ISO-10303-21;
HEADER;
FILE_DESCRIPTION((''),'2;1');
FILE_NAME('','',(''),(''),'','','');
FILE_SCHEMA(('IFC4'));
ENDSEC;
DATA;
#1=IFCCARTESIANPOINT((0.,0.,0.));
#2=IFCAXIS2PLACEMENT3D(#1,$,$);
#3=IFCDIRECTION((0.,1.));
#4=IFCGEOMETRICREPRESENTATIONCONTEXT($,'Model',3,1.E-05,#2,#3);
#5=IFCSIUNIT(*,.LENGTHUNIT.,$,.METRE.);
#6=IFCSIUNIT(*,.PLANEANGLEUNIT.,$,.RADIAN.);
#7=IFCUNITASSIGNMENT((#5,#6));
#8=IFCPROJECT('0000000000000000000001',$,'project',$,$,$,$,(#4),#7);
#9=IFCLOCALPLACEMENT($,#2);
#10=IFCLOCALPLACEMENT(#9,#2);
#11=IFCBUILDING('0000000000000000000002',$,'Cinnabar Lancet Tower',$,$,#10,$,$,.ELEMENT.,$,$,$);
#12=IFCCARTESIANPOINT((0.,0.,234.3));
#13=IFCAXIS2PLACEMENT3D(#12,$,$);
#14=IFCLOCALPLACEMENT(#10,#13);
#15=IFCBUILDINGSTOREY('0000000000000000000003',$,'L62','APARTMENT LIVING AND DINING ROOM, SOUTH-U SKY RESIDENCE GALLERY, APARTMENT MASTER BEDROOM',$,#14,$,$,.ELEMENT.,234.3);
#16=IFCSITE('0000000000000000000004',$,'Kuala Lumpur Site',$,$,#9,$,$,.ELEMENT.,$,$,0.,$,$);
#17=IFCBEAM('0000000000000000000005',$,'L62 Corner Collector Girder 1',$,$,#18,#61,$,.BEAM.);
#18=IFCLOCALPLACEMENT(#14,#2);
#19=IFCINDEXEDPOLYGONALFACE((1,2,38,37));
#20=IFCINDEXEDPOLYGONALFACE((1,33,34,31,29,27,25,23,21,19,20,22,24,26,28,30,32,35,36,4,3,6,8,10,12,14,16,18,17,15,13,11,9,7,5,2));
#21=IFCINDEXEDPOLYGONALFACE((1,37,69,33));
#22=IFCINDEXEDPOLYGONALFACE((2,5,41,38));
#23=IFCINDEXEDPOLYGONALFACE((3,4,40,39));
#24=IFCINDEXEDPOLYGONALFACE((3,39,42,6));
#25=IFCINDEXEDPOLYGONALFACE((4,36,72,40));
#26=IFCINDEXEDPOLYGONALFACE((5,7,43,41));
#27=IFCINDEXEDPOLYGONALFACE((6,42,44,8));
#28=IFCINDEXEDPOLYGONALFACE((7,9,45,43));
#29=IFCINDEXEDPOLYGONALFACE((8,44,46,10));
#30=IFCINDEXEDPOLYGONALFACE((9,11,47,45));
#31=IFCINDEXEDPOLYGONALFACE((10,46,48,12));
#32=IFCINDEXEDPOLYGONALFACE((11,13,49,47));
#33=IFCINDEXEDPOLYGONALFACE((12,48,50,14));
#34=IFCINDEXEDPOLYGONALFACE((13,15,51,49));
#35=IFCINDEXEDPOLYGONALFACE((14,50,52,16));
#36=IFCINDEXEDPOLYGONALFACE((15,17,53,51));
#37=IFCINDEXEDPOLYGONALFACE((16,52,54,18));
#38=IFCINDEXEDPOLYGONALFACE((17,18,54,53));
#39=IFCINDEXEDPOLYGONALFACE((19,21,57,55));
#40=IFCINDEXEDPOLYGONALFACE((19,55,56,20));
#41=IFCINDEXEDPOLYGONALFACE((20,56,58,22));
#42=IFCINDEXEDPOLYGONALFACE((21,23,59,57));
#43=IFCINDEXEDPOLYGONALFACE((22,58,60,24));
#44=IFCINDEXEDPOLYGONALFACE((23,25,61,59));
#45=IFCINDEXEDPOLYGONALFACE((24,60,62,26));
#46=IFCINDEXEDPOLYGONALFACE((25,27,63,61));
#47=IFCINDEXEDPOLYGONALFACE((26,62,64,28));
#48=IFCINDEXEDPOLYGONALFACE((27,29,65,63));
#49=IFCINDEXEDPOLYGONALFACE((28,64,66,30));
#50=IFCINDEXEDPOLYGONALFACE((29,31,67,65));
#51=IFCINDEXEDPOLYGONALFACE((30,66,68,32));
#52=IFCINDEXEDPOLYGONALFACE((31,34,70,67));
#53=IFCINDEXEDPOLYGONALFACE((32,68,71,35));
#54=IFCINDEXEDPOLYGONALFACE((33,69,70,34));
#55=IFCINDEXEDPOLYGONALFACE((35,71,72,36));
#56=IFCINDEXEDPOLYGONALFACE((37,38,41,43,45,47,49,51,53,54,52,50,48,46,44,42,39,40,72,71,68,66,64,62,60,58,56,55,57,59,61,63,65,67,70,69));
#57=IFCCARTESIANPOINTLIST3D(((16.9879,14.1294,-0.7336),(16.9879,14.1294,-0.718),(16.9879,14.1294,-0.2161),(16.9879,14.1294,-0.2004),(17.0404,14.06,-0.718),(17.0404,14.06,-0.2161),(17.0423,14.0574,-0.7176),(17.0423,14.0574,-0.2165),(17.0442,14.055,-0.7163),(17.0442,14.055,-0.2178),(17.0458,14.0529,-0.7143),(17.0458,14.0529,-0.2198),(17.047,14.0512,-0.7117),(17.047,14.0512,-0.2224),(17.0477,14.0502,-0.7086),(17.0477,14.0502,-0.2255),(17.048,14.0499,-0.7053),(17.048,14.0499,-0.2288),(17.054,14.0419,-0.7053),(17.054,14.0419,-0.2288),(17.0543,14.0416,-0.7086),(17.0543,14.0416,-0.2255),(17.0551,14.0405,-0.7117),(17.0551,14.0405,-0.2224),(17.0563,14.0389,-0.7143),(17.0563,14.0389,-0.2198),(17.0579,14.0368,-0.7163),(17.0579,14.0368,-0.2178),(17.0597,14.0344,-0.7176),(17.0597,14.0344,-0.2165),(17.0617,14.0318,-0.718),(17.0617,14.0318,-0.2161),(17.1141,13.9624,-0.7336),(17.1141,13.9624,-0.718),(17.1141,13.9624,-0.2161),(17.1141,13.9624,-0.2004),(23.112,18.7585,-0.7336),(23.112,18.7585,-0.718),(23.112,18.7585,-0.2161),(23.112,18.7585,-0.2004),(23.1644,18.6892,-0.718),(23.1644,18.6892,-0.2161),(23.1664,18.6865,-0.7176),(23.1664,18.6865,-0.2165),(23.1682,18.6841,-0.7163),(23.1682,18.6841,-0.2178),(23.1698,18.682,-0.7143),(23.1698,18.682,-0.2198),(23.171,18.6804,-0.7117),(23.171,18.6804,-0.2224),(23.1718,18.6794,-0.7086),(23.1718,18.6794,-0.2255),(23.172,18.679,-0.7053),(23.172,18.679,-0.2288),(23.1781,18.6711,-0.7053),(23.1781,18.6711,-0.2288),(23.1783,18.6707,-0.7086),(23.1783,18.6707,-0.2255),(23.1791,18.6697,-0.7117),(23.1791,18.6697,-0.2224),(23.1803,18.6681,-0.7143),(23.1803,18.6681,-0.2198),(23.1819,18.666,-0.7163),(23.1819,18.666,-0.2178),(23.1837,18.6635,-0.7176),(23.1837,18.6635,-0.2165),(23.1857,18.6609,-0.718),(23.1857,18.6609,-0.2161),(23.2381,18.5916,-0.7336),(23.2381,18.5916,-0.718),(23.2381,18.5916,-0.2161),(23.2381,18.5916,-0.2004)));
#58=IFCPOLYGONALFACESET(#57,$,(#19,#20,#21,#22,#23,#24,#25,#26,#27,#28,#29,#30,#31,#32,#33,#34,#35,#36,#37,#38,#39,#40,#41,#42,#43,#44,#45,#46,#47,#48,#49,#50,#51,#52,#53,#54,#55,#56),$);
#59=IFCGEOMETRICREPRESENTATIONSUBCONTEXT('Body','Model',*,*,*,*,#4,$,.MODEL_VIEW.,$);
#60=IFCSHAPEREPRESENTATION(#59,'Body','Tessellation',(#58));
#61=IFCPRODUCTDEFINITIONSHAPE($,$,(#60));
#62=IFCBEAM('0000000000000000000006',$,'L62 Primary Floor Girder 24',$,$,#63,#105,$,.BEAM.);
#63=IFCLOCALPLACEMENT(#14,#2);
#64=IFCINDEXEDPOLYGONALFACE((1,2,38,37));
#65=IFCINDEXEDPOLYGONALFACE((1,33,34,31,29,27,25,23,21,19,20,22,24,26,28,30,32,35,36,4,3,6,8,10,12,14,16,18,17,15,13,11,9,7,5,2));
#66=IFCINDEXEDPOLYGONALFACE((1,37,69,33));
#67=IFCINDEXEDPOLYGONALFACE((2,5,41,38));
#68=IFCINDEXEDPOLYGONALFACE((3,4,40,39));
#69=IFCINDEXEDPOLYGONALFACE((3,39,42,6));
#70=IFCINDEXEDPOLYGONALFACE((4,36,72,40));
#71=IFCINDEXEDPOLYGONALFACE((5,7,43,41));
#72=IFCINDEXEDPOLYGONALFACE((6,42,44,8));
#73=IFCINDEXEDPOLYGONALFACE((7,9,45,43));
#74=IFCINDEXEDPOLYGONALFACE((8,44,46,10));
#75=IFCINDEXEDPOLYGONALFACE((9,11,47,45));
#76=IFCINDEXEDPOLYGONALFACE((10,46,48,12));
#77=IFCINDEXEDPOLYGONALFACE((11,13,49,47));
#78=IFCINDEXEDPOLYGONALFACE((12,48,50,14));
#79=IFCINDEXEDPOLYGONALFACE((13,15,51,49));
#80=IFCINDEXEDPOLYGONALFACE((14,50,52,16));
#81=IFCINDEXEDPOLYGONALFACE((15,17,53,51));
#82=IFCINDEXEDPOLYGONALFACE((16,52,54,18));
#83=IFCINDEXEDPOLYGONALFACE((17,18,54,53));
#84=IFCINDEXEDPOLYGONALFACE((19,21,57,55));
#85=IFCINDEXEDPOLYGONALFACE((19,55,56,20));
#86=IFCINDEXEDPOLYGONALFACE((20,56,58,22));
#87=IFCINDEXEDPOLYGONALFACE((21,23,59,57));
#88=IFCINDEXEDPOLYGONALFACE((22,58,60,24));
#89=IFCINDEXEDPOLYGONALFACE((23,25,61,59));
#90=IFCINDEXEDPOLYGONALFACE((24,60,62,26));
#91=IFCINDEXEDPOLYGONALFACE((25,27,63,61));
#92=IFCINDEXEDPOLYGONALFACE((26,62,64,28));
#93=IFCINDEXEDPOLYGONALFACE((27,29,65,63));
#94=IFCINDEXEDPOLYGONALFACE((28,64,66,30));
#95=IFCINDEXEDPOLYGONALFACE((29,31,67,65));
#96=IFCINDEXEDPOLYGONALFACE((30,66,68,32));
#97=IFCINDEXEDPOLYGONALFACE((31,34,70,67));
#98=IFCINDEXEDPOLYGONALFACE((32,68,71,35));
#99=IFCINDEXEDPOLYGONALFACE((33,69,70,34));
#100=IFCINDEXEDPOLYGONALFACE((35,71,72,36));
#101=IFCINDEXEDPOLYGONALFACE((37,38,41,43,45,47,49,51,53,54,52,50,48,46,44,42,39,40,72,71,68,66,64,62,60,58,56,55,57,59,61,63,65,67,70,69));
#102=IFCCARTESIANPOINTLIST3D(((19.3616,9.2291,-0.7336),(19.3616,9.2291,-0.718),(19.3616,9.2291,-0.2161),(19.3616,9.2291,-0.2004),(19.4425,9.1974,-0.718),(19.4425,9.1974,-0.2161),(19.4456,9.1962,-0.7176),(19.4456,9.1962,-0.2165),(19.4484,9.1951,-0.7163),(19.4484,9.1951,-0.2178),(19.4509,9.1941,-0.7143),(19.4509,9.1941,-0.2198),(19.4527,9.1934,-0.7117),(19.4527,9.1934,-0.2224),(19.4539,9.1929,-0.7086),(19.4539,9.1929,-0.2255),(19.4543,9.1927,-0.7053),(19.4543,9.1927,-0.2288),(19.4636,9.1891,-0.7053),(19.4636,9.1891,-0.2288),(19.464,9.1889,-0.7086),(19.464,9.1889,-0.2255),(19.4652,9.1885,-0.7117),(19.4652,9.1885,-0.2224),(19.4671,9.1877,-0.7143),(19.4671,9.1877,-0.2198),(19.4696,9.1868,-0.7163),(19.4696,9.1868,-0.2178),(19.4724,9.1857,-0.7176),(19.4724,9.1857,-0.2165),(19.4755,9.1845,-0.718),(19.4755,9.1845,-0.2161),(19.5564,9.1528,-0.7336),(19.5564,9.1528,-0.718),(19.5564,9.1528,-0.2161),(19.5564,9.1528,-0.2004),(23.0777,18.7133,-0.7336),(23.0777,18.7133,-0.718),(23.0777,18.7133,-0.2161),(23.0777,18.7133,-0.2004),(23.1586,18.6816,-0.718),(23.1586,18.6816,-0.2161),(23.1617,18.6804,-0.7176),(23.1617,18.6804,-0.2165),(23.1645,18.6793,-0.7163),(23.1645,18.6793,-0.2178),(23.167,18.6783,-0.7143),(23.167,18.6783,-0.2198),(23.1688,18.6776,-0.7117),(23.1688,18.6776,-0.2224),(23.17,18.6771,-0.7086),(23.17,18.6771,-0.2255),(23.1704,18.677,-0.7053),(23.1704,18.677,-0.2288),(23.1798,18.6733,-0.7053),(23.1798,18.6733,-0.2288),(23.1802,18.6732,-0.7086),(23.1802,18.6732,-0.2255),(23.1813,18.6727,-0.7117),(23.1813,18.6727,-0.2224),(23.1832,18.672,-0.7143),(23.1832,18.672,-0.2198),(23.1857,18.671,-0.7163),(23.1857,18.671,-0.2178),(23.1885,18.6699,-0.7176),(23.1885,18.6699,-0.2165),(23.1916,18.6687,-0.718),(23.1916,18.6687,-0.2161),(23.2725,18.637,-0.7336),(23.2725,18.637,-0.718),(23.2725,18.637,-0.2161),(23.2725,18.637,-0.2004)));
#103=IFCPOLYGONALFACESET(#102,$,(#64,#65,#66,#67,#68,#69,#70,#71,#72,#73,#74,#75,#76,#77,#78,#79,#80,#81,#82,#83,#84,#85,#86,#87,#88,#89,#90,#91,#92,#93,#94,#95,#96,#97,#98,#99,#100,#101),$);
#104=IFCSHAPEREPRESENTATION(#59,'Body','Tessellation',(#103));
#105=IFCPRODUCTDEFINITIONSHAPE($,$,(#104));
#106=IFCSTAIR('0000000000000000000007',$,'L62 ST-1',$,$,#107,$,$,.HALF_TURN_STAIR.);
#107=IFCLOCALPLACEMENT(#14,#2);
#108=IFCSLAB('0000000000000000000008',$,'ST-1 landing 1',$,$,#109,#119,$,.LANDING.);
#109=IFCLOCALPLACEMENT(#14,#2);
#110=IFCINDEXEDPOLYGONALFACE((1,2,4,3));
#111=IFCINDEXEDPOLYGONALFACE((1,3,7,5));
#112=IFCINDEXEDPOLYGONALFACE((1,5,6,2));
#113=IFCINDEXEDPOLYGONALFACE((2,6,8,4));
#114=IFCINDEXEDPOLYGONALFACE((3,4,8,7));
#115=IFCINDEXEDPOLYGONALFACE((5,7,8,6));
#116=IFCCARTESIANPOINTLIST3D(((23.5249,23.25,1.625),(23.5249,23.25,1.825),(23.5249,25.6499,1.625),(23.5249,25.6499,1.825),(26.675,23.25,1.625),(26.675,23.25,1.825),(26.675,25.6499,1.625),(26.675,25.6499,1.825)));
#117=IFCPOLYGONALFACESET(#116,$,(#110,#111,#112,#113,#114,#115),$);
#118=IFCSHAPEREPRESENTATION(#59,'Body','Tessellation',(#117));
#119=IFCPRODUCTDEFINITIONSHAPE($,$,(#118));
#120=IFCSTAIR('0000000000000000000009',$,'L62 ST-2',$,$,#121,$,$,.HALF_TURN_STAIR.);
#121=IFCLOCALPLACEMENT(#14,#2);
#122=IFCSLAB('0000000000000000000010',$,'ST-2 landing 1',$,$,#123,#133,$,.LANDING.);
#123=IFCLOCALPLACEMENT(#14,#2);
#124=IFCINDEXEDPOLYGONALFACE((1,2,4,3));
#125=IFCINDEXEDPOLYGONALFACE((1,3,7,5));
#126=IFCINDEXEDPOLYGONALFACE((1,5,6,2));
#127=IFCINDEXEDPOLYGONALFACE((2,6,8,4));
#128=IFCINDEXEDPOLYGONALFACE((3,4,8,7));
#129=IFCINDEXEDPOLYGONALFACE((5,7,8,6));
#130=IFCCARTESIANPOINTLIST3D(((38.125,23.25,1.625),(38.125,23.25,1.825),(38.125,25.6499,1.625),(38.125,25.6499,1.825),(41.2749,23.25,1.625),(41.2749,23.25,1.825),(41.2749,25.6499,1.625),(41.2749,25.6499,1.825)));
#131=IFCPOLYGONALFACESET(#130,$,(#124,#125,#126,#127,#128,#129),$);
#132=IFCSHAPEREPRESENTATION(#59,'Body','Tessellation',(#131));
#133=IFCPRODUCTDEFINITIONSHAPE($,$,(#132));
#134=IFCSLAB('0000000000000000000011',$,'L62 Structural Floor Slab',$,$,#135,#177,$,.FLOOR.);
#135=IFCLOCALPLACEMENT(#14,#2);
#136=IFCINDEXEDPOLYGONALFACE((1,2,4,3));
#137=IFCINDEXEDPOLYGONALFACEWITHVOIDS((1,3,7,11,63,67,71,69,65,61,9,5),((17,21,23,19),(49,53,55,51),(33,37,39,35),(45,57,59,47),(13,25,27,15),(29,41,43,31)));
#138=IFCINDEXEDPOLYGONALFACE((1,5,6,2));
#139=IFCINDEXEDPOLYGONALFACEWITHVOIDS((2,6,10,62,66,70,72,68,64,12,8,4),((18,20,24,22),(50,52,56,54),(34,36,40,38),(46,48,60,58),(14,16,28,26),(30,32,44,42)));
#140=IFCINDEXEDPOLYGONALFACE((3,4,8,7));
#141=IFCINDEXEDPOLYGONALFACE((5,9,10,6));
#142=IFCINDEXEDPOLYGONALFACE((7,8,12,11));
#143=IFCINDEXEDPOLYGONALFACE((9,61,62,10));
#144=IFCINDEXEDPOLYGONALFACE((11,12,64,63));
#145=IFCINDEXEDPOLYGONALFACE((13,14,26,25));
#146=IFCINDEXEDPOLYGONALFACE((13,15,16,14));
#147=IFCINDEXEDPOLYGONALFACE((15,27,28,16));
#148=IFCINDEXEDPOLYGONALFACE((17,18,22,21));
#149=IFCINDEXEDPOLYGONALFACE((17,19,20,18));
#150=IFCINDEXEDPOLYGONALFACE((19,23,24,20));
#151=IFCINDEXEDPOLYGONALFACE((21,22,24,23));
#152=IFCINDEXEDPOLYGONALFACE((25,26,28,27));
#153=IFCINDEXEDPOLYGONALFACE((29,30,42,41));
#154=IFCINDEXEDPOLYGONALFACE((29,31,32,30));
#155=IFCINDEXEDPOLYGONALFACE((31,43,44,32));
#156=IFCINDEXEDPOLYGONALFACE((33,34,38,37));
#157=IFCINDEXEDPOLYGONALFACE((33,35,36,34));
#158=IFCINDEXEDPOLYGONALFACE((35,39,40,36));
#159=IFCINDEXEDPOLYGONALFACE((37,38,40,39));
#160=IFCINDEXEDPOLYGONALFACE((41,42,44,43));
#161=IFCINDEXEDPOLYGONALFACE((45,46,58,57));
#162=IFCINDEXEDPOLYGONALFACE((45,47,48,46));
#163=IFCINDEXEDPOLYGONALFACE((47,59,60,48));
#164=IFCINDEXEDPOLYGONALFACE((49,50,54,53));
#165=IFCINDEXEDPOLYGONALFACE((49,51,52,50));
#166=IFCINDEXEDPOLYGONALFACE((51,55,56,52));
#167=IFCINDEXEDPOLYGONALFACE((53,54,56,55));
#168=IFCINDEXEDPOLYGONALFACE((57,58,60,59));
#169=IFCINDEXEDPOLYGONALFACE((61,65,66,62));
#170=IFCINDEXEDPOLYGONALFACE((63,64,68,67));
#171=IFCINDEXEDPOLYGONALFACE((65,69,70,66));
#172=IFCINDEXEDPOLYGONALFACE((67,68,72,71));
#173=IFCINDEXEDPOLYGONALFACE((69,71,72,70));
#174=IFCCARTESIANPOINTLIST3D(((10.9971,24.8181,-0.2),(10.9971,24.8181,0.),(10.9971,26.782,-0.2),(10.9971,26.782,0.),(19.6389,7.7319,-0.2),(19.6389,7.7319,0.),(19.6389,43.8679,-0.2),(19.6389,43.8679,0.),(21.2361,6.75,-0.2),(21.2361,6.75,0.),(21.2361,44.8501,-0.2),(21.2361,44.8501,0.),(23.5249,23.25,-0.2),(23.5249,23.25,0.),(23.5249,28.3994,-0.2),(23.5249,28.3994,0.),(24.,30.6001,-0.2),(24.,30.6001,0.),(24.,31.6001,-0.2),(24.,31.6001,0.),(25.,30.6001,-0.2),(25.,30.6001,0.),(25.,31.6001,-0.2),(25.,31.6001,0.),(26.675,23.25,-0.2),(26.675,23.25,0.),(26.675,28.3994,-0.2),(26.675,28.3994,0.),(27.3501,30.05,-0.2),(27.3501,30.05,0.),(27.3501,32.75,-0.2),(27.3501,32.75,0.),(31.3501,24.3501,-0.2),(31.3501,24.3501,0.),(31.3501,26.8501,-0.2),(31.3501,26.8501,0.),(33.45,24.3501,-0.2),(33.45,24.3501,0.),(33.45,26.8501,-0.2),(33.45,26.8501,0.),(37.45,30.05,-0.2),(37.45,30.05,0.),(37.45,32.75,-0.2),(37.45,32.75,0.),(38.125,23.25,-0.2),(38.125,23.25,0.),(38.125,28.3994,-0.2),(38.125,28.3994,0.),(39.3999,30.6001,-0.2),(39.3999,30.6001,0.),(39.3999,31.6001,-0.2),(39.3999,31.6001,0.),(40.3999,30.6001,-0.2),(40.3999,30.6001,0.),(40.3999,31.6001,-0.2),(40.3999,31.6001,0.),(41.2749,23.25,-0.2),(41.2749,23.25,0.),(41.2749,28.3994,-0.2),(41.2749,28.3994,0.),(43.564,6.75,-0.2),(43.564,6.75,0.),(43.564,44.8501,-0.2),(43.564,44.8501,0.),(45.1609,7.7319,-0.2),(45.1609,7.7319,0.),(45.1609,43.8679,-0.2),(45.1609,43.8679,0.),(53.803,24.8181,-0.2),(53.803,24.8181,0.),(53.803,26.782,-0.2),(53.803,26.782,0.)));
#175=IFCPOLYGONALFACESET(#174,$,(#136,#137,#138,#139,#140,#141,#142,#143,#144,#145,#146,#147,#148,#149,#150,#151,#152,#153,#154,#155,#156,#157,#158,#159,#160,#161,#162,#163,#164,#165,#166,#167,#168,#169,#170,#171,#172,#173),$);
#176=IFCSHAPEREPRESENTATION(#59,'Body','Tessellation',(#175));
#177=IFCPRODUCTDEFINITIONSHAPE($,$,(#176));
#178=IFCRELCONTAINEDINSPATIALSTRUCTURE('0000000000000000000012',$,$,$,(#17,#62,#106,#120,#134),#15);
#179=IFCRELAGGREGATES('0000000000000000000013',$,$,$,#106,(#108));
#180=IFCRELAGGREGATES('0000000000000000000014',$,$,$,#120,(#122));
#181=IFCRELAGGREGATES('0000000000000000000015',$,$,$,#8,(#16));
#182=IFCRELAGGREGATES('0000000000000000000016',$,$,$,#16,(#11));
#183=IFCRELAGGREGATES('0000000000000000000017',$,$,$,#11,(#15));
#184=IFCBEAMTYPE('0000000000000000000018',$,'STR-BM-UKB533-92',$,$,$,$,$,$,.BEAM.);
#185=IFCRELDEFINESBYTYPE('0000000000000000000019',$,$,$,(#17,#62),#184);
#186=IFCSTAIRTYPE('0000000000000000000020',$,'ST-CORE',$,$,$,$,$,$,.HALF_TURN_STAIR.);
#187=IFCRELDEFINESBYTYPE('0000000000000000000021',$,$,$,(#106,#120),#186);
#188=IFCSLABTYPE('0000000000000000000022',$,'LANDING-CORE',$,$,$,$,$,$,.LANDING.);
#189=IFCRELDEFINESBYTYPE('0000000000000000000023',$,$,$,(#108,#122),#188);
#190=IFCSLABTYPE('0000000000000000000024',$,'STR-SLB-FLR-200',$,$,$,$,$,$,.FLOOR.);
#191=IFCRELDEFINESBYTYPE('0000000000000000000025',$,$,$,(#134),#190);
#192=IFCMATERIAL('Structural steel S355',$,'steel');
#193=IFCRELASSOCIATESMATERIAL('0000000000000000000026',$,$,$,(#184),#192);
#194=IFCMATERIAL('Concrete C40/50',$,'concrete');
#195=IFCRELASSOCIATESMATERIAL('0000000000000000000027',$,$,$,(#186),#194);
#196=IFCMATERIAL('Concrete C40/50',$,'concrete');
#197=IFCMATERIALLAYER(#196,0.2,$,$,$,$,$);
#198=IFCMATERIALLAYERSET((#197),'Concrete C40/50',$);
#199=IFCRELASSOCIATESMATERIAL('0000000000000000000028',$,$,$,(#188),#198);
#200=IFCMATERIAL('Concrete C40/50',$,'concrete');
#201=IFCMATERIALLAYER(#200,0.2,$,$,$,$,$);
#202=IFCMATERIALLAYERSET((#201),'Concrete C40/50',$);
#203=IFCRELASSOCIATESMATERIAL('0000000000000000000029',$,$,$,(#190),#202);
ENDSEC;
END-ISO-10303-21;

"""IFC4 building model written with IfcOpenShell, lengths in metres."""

from ifc_helpers import new_model, si_unit, direction, frame, origin, origin_2d, place, context, subcontext, project, spatial, polyline, i_section, outline, extrude, material, layer, layer_set, material_profile, profile_set, type_object, element, aggregate, save


model = new_model("IFC4")

# Units and contexts
model_context = context("Model", 3, precision=1e-05, world=origin(), true_north=direction((0.0, 1.0)))
body_context = subcontext(model_context, "Body", "Model", "MODEL_VIEW")
ifc_project = project(units=[si_unit("LENGTHUNIT", "METRE"), si_unit("PLANEANGLEUNIT", "RADIAN")], contexts=[model_context])

# Site, building, storey
site_placement = place(None, origin())
site = spatial("IfcSite", under=ifc_project, at=site_placement, Name="Kuala Lumpur Site", CompositionType="ELEMENT", RefElevation=0.0)
building_placement = place(site_placement, origin())
building = spatial("IfcBuilding", under=site, at=building_placement, Name="Cinnabar Lancet Tower", CompositionType="ELEMENT")
storey_placement = place(building_placement, frame((0.0, 0.0, 234.3)))
storey = spatial("IfcBuildingStorey", under=building, at=storey_placement, Name="L62", Description="APARTMENT LIVING AND DINING ROOM, SOUTH-U SKY RESIDENCE GALLERY, APARTMENT MASTER BEDROOM", CompositionType="ELEMENT", Elevation=234.3)

# Beams
ifc_material_1 = material(Name="Structural steel S355", Category="steel")
ifc_material_profile_1 = material_profile(ifc_material_1, i_section(OverallWidth=0.2092, OverallDepth=0.5332, WebThickness=0.01, FlangeThickness=0.0156, FilletRadius=0.0127, at=origin_2d()), Name="UKB 533x210x92")
ifc_profile_set_1 = profile_set([ifc_material_profile_1], Name="Structural steel S355")
beam_type_1 = type_object("IfcBeamType", Name="STR-BM-UKB533-92", PredefinedType="BEAM", material=ifc_profile_set_1)
beam_1_placement = place(storey_placement, frame((17.051, 14.0459, -0.467), z_axis=(0.797735, 0.603008, 0.0), x_axis=(-0.603008, 0.797735, 0.0)))
element("IfcBeam", 1, at=beam_1_placement, inside=storey, type_object=beam_type_1, Name="L62 Corner Collector Girder 1", PredefinedType="BEAM", context=body_context, shape_type="SweptSolid", body=[
    extrude(i_section(OverallWidth=0.2092, OverallDepth=0.5332, WebThickness=0.01, FlangeThickness=0.0156, FilletRadius=0.0127, at=origin_2d()), origin(), (0.0, 0.0, 1.0), 7.6768),
])
beam_2_placement = place(storey_placement, frame((19.459, 9.1909, -0.467), z_axis=(0.364815, 0.93108, 0.0), x_axis=(-0.93108, 0.364815, 0.0)))
element("IfcBeam", 2, at=beam_2_placement, inside=storey, type_object=beam_type_1, Name="L62 Primary Floor Girder 24", PredefinedType="BEAM", context=body_context, shape_type="SweptSolid", body=[
    extrude(i_section(OverallWidth=0.2092, OverallDepth=0.5332, WebThickness=0.01, FlangeThickness=0.0156, FilletRadius=0.0127, at=origin_2d()), origin(), (0.0, 0.0, 1.0), 10.1863),
])

# Stairs, slabs
ifc_material_2 = material(Name="Concrete C40/50", Category="concrete")
stair_type = type_object("IfcStairType", Name="ST-CORE", PredefinedType="HALF_TURN_STAIR", material=ifc_material_2)
stair_1_placement = place(storey_placement, origin())
stair_1 = element("IfcStair", 3, at=stair_1_placement, inside=storey, type_object=stair_type, Name="L62 ST-1", PredefinedType="HALF_TURN_STAIR")
ifc_material_3 = material(Name="Concrete C40/50", Category="concrete")
ifc_layer_1 = layer(ifc_material_3, 0.2)
ifc_layer_set_1 = layer_set([ifc_layer_1], Name="Concrete C40/50")
slab_type_1 = type_object("IfcSlabType", Name="LANDING-CORE", PredefinedType="LANDING", material=ifc_layer_set_1)
slab_1_placement = place(storey_placement, frame((0.0, 0.0, 1.625)))
slab_1 = element("IfcSlab", 4, at=slab_1_placement, type_object=slab_type_1, Name="ST-1 landing 1", PredefinedType="LANDING", context=body_context, shape_type="SweptSolid", body=[
    extrude(outline(polyline([(23.5249, 25.6499), (23.5249, 23.25), (26.675, 23.25), (26.675, 25.6499), (23.5249, 25.6499)])), origin(), (0.0, 0.0, 1.0), 0.2),
])
aggregate(stair_1, [slab_1])
stair_2_placement = place(storey_placement, origin())
stair_2 = element("IfcStair", 5, at=stair_2_placement, inside=storey, type_object=stair_type, Name="L62 ST-2", PredefinedType="HALF_TURN_STAIR")
slab_2_placement = place(storey_placement, frame((0.0, 0.0, 1.625)))
slab_2 = element("IfcSlab", 6, at=slab_2_placement, type_object=slab_type_1, Name="ST-2 landing 1", PredefinedType="LANDING", context=body_context, shape_type="SweptSolid", body=[
    extrude(outline(polyline([(38.125, 25.6499), (38.125, 23.25), (41.2749, 23.25), (41.2749, 25.6499), (38.125, 25.6499)])), origin(), (0.0, 0.0, 1.0), 0.2),
])
aggregate(stair_2, [slab_2])

# Slab
ifc_material_4 = material(Name="Concrete C40/50", Category="concrete")
ifc_layer_2 = layer(ifc_material_4, 0.2)
ifc_layer_set_2 = layer_set([ifc_layer_2], Name="Concrete C40/50")
slab_type_2 = type_object("IfcSlabType", Name="STR-SLB-FLR-200", PredefinedType="FLOOR", material=ifc_layer_set_2)
slab_3_placement = place(storey_placement, frame((0.0, 0.0, -0.2)))
element("IfcSlab", 7, at=slab_3_placement, inside=storey, type_object=slab_type_2, Name="L62 Structural Floor Slab", PredefinedType="FLOOR", context=body_context, shape_type="SweptSolid", body=[
    extrude(outline(polyline([(19.6389, 7.7319), (21.2361, 6.75), (43.564, 6.75), (45.1609, 7.7319), (53.803, 24.8181), (53.803, 26.782), (45.1609, 43.8679), (43.564, 44.8501), (21.2361, 44.8501), (19.6389, 43.8679), (10.9971, 26.782), (10.9971, 24.8181), (19.6389, 7.7319)]), holes=[polyline([(23.5249, 23.25), (26.675, 23.25), (26.675, 28.3994), (23.5249, 28.3994), (23.5249, 23.25)]), polyline([(38.125, 23.25), (41.2749, 23.25), (41.2749, 28.3994), (38.125, 28.3994), (38.125, 23.25)]), polyline([(27.3501, 30.05), (37.45, 30.05), (37.45, 32.75), (27.3501, 32.75), (27.3501, 30.05)]), polyline([(31.3501, 24.3501), (33.45, 24.3501), (33.45, 26.8501), (31.3501, 26.8501), (31.3501, 24.3501)]), polyline([(24.0, 30.6001), (25.0, 30.6001), (25.0, 31.6001), (24.0, 31.6001), (24.0, 30.6001)]), polyline([(39.3999, 30.6001), (40.3999, 30.6001), (40.3999, 31.6001), (39.3999, 31.6001), (39.3999, 30.6001)])]), origin(), (0.0, 0.0, 1.0), 0.2),
])

save(model, "model.ifc")
